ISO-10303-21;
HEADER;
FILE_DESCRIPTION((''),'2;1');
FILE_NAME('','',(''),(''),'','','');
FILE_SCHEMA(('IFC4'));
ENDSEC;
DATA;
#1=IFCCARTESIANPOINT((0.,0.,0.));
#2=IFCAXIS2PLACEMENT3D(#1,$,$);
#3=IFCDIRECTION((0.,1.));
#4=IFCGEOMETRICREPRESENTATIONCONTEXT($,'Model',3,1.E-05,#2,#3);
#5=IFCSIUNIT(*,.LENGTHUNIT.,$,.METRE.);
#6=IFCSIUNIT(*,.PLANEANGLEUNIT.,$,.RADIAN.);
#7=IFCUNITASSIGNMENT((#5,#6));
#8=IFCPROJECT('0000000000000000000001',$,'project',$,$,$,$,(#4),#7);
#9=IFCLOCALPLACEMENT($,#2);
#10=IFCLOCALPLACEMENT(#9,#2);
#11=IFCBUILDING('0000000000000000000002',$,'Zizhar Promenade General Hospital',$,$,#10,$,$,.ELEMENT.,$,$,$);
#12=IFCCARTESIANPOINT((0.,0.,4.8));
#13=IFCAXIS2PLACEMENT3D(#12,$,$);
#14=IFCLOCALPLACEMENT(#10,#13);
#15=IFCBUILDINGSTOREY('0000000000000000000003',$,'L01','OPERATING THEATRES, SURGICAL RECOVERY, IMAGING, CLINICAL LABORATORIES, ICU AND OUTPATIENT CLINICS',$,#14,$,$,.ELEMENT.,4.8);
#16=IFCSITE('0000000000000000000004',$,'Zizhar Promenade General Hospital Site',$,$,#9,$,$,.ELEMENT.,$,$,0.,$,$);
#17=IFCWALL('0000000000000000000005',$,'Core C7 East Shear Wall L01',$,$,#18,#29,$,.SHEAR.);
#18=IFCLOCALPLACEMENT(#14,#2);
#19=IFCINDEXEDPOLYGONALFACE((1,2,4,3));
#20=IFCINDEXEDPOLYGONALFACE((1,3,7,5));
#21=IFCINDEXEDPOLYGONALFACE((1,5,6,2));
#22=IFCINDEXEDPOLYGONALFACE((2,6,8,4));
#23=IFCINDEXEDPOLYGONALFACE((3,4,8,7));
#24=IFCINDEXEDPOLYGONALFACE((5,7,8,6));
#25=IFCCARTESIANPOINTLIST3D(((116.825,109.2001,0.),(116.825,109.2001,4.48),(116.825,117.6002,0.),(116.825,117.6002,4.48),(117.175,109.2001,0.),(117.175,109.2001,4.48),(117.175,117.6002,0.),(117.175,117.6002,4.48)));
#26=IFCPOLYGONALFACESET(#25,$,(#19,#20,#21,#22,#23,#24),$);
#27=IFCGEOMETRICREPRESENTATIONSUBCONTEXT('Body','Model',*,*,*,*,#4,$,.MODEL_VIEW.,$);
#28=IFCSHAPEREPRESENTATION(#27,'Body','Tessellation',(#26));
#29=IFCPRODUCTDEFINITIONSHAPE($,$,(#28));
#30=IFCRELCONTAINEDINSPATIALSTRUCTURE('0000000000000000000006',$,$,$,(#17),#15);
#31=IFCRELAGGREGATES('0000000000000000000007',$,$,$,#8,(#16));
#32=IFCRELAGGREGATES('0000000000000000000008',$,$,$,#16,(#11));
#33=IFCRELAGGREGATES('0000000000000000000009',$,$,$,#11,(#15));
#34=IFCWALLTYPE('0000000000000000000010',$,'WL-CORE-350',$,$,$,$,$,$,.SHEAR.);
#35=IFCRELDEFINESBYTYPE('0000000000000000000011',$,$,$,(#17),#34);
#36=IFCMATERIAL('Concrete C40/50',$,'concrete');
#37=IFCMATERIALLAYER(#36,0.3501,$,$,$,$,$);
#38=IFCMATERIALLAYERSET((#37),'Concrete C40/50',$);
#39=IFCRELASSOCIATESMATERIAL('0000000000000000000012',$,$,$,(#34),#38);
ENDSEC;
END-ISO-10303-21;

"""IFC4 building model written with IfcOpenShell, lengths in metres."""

from ifc_helpers import new_model, si_unit, direction, frame, frame_2d, origin, place, context, subcontext, project, spatial, rectangle, extrude, material, layer, layer_set, type_object, element, save


model = new_model("IFC4")

# Units and contexts
model_context = context("Model", 3, precision=1e-05, world=origin(), true_north=direction((0.0, 1.0)))
body_context = subcontext(model_context, "Body", "Model", "MODEL_VIEW")
ifc_project = project(units=[si_unit("LENGTHUNIT", "METRE"), si_unit("PLANEANGLEUNIT", "RADIAN")], contexts=[model_context])

# Site, building, storey
site_placement = place(None, origin())
site = spatial("IfcSite", under=ifc_project, at=site_placement, Name="Zizhar Promenade General Hospital Site", CompositionType="ELEMENT", RefElevation=0.0)
building_placement = place(site_placement, origin())
building = spatial("IfcBuilding", under=site, at=building_placement, Name="Zizhar Promenade General Hospital", CompositionType="ELEMENT")
storey_placement = place(building_placement, frame((0.0, 0.0, 4.8)))
storey = spatial("IfcBuildingStorey", under=building, at=storey_placement, Name="L01", Description="OPERATING THEATRES, SURGICAL RECOVERY, IMAGING, CLINICAL LABORATORIES, ICU AND OUTPATIENT CLINICS", CompositionType="ELEMENT", Elevation=4.8)

# Wall
ifc_material_1 = material(Name="Concrete C40/50", Category="concrete")
ifc_layer_1 = layer(ifc_material_1, 0.3501)
ifc_layer_set_1 = layer_set([ifc_layer_1], Name="Concrete C40/50")
wall_type = type_object("IfcWallType", Name="WL-CORE-350", PredefinedType="SHEAR", material=ifc_layer_set_1)
wall_placement = place(storey_placement, frame((117.0, 109.2, 0.0), z_axis=(0.0, 0.0, 1.0), x_axis=(0.0, 1.0, 0.0)))
element("IfcWall", 1, at=wall_placement, inside=storey, type_object=wall_type, Name="Core C7 East Shear Wall L01", PredefinedType="SHEAR", context=body_context, shape_type="SweptSolid", body=[
    extrude(rectangle(XDim=8.4001, YDim=0.3501, at=frame_2d((4.2002, 0.0))), origin(), (0.0, 0.0, 1.0), 4.48),
])

save(model, "model.ifc")
